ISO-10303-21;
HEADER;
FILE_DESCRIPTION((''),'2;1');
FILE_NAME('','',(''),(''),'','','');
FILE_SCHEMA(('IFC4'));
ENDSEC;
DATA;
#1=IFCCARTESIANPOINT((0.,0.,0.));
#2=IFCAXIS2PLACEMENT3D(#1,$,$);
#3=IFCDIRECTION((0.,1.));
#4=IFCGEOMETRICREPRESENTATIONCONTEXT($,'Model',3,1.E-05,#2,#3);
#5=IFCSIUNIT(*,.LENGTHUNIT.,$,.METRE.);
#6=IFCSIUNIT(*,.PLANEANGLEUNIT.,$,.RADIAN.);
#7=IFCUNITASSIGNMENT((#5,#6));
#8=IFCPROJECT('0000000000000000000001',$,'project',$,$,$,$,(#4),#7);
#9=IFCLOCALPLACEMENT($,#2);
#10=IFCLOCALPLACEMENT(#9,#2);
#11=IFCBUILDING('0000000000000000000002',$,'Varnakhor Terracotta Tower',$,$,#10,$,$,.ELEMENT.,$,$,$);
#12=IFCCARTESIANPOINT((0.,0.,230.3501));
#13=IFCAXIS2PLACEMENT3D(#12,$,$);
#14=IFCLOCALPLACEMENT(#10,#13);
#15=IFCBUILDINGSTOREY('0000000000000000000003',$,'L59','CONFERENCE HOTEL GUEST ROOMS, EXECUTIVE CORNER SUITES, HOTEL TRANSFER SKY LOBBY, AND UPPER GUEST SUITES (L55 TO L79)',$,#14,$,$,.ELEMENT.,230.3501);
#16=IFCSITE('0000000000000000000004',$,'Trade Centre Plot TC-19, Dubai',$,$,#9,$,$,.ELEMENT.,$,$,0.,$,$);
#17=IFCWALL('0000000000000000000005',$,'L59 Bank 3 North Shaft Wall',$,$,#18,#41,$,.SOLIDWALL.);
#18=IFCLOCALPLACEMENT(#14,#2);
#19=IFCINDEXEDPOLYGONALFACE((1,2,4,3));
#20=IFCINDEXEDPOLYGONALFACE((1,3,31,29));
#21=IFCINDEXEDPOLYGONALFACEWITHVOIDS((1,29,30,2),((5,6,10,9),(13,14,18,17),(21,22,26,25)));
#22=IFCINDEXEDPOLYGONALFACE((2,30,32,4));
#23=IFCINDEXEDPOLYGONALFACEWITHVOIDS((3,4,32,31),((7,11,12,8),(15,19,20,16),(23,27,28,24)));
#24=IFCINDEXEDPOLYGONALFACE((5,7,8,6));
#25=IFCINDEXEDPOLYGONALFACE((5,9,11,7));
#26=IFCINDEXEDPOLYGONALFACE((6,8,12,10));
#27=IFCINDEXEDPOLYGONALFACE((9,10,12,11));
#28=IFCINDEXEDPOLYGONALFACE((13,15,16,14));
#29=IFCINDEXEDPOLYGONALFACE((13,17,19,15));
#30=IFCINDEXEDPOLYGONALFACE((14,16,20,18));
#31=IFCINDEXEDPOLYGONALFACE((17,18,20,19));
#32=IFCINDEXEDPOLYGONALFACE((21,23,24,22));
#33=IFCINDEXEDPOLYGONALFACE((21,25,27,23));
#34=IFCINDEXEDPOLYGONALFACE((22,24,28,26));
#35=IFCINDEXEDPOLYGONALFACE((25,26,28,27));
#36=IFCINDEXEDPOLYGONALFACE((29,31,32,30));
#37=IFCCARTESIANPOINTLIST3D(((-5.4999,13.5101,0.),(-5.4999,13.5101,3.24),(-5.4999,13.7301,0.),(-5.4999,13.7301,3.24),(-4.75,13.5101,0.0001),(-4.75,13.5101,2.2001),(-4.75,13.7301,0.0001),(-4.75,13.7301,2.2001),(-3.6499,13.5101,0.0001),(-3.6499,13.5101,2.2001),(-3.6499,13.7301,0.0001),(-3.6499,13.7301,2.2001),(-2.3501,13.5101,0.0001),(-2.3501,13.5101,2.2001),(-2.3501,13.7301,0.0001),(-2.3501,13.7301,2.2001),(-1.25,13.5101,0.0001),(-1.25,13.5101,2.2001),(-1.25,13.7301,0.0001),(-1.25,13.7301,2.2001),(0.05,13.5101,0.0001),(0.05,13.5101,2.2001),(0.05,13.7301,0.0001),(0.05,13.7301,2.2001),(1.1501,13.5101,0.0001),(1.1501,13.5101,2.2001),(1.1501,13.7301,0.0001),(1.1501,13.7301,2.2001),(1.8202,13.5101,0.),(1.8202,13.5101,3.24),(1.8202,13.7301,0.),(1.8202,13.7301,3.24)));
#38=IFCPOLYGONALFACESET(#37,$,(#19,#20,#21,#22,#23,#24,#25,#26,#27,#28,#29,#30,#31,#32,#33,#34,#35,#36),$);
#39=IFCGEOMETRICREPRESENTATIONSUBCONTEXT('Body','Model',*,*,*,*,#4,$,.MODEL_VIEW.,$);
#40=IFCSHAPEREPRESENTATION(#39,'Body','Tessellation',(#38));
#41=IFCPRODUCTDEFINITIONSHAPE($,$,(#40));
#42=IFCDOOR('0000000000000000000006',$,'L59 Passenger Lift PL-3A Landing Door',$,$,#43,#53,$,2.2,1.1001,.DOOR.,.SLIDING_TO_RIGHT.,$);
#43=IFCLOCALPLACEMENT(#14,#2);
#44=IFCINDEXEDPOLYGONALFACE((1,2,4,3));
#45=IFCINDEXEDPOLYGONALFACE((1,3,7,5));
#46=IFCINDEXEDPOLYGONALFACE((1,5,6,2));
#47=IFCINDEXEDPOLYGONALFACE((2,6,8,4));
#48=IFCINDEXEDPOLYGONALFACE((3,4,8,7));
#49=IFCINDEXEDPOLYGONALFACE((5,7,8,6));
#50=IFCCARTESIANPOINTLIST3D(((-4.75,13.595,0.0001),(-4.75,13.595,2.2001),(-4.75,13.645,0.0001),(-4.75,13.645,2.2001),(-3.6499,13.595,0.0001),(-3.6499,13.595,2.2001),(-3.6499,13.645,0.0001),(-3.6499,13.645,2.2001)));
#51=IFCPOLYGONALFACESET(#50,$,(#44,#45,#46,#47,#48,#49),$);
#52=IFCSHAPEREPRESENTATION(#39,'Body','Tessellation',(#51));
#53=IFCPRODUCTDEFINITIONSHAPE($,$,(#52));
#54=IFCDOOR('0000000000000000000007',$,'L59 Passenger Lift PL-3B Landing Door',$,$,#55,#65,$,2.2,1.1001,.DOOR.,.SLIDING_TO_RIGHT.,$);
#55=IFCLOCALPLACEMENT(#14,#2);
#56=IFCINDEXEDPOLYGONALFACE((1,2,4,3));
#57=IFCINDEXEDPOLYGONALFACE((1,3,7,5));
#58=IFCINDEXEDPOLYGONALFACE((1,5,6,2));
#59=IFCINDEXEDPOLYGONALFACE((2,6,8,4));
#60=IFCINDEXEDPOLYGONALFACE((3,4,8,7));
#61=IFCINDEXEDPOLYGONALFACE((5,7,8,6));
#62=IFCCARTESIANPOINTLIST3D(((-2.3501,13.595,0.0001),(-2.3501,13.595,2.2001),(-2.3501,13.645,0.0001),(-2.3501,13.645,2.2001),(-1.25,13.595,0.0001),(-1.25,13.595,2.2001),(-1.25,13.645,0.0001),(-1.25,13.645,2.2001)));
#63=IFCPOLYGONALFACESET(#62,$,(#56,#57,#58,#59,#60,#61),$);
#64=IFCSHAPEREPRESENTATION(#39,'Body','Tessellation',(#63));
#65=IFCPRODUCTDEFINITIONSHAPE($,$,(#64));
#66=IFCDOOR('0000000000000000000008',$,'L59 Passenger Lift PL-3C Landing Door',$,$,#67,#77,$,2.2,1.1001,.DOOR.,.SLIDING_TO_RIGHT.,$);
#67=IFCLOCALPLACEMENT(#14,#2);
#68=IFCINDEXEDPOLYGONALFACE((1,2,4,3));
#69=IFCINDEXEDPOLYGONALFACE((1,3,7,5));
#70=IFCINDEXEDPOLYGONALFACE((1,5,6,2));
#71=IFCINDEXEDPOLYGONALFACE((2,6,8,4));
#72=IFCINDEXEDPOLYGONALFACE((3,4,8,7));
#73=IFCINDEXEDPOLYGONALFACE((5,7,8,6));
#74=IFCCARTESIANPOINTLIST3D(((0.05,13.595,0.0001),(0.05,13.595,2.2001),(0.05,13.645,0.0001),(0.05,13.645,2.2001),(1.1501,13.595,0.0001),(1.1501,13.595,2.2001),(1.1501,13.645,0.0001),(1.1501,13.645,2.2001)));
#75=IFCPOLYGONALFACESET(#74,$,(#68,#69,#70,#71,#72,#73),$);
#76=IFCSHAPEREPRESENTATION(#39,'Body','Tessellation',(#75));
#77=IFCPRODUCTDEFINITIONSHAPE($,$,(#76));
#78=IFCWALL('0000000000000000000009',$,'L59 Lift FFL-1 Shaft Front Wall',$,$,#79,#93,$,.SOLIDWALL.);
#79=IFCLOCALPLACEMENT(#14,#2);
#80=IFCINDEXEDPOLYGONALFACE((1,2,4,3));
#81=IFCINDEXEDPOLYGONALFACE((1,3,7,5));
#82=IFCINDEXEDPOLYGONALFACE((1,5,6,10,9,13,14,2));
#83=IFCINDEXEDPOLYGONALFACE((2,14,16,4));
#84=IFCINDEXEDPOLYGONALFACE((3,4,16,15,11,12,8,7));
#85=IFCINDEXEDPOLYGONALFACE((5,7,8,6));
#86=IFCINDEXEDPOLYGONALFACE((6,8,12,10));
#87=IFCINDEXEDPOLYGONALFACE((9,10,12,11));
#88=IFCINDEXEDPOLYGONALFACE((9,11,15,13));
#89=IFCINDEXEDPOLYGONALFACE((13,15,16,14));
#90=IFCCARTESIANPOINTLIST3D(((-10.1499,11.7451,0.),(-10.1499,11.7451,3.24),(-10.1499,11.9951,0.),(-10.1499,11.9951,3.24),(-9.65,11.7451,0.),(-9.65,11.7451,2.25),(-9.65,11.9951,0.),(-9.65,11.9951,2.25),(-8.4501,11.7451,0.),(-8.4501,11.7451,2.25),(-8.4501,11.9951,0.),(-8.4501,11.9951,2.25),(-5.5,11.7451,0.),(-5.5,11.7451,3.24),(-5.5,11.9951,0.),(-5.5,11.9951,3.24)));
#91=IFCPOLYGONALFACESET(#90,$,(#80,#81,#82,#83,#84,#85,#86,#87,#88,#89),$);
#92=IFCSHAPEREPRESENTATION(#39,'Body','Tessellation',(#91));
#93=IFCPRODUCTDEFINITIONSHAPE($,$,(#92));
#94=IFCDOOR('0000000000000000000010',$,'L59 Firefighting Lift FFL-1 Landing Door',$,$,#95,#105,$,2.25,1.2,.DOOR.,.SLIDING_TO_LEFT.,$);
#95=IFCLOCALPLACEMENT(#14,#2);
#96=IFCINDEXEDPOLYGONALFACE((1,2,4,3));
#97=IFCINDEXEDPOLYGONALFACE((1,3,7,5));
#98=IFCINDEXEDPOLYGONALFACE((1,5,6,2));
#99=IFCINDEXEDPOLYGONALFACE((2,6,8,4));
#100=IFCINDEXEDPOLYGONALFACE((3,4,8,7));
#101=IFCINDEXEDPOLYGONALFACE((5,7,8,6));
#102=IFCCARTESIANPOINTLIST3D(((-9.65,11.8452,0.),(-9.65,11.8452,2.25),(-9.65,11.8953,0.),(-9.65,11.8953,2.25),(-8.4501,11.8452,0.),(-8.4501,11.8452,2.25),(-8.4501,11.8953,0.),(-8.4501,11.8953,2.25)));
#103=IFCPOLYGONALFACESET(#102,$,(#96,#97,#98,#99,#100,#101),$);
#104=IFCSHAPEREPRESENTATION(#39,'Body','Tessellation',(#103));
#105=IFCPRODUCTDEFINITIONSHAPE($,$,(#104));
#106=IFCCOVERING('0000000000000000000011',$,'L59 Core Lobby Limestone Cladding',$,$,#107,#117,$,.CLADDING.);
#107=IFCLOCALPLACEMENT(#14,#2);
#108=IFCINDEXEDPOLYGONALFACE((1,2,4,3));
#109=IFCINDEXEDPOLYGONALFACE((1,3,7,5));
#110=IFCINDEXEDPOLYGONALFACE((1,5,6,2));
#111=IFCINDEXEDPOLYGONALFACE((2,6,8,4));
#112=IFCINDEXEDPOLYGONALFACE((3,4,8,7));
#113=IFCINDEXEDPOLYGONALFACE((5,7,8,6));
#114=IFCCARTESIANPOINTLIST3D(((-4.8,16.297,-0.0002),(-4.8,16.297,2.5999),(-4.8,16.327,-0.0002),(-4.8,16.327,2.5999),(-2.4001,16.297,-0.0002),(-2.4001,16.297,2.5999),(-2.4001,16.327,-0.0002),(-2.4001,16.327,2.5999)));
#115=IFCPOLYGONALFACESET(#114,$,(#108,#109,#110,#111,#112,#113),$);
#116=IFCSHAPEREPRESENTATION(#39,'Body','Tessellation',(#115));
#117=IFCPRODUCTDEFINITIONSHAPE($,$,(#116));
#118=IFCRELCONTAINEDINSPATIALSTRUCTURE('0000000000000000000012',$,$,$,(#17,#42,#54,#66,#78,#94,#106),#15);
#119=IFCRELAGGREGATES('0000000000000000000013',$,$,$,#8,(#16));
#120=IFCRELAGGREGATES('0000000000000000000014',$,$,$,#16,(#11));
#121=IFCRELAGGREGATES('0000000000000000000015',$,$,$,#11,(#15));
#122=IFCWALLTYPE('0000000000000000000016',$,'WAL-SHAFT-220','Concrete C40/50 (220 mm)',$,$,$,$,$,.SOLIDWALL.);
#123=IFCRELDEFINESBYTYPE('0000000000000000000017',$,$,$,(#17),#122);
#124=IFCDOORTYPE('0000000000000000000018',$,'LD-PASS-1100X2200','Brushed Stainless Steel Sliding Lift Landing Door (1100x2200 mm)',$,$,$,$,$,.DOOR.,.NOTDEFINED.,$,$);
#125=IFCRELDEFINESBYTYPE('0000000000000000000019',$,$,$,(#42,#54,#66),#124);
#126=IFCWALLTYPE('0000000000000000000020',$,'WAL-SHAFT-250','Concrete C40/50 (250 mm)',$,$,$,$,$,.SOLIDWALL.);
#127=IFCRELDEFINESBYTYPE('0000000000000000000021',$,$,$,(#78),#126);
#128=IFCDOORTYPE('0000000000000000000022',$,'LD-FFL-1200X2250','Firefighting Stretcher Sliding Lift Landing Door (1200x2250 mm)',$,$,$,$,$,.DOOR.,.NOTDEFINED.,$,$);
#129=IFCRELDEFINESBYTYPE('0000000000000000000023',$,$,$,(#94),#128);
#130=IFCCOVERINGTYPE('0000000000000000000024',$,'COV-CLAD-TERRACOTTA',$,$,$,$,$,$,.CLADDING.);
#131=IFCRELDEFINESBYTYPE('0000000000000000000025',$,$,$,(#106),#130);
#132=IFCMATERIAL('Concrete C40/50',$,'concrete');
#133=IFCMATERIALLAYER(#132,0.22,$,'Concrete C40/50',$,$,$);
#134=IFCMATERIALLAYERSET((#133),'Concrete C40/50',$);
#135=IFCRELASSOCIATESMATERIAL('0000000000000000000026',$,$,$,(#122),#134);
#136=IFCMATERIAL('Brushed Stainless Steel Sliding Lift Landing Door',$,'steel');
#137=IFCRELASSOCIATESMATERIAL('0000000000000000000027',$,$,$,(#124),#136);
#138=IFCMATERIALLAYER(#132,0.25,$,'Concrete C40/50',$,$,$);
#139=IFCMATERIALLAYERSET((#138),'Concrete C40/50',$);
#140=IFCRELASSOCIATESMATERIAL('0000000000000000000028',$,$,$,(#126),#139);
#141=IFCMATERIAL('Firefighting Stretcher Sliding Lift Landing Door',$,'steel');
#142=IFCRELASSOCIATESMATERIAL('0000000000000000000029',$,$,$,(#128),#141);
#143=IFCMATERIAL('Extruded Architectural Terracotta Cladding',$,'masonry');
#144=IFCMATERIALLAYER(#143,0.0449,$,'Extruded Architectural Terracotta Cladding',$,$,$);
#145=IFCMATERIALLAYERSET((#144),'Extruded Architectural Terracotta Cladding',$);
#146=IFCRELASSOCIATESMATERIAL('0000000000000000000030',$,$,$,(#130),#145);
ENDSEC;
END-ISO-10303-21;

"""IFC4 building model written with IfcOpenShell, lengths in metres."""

from ifc_helpers import new_model, si_unit, direction, frame, frame_2d, origin, origin_2d, place, context, subcontext, project, spatial, rectangle, extrude, source, transform, mapped, material, layer, layer_set, type_object, type_shapes, element, fill, save


model = new_model("IFC4")

# Units and contexts
model_context = context("Model", 3, precision=1e-05, world=origin(), true_north=direction((0.0, 1.0)))
body_context = subcontext(model_context, "Body", "Model", "MODEL_VIEW")
ifc_project = project(units=[si_unit("LENGTHUNIT", "METRE"), si_unit("PLANEANGLEUNIT", "RADIAN")], contexts=[model_context])

# Site, building, storey
site_placement = place(None, origin())
site = spatial("IfcSite", under=ifc_project, at=site_placement, Name="Trade Centre Plot TC-19, Dubai", CompositionType="ELEMENT", RefElevation=0.0)
building_placement = place(site_placement, origin())
building = spatial("IfcBuilding", under=site, at=building_placement, Name="Varnakhor Terracotta Tower", CompositionType="ELEMENT")
storey_placement = place(building_placement, frame((0.0, 0.0, 230.3501)))
storey = spatial("IfcBuildingStorey", under=building, at=storey_placement, Name="L59", Description="CONFERENCE HOTEL GUEST ROOMS, EXECUTIVE CORNER SUITES, HOTEL TRANSFER SKY LOBBY, AND UPPER GUEST SUITES (L55 TO L79)", CompositionType="ELEMENT", Elevation=230.3501)

# Wall, openings, doors
ifc_material_1 = material(Name="Concrete C40/50", Category="concrete")
ifc_layer_1 = layer(ifc_material_1, 0.22, Name="Concrete C40/50")
ifc_layer_set_1 = layer_set([ifc_layer_1], Name="Concrete C40/50")
wall_type_1 = type_object("IfcWallType", Name="WAL-SHAFT-220", Description="Concrete C40/50 (220 mm)", PredefinedType="SOLIDWALL", material=ifc_layer_set_1)
wall_1_placement = place(storey_placement, frame((-5.5, 13.6201, 0.0), z_axis=(0.0, 0.0, 1.0), x_axis=(1.0, 0.0, 0.0)))
wall_1 = element("IfcWall", 1, at=wall_1_placement, inside=storey, type_object=wall_type_1, Name="L59 Bank 3 North Shaft Wall", PredefinedType="SOLIDWALL", context=body_context, shape_type="SweptSolid", body=[
    extrude(rectangle(XDim=7.3201, YDim=0.22, at=frame_2d((3.6602, 0.0))), origin(), (0.0, 0.0, 1.0), 3.24),
])
opening_1_placement = place(wall_1_placement, frame((0.75, 0.0, 0.0)))
opening_1 = element("IfcOpeningElement", 2, at=opening_1_placement, cuts=wall_1, PredefinedType="OPENING", context=body_context, shape_type="SweptSolid", body=[
    extrude(rectangle(XDim=1.1001, YDim=2.2, at=frame_2d((0.55, 1.1001))), frame((0.0, 0.1201, 0.0), z_axis=(0.0, -1.0, 0.0), x_axis=(1.0, 0.0, 0.0)), (0.0, 0.0, 1.0), 0.24),
])
opening_2_placement = place(wall_1_placement, frame((3.1499, 0.0, 0.0)))
opening_2 = element("IfcOpeningElement", 3, at=opening_2_placement, cuts=wall_1, PredefinedType="OPENING", context=body_context, shape_type="SweptSolid", body=[
    extrude(rectangle(XDim=1.1001, YDim=2.2, at=frame_2d((0.55, 1.1001))), frame((0.0, 0.1201, 0.0), z_axis=(0.0, -1.0, 0.0), x_axis=(1.0, 0.0, 0.0)), (0.0, 0.0, 1.0), 0.24),
])
opening_3_placement = place(wall_1_placement, frame((5.55, 0.0, 0.0)))
opening_3 = element("IfcOpeningElement", 4, at=opening_3_placement, cuts=wall_1, PredefinedType="OPENING", context=body_context, shape_type="SweptSolid", body=[
    extrude(rectangle(XDim=1.1001, YDim=2.2, at=frame_2d((0.55, 1.1001))), frame((0.0, 0.1201, 0.0), z_axis=(0.0, -1.0, 0.0), x_axis=(1.0, 0.0, 0.0)), (0.0, 0.0, 1.0), 0.24),
])
ifc_material_2 = material(Name="Brushed Stainless Steel Sliding Lift Landing Door", Category="steel")
door_type_1 = type_object("IfcDoorType", Name="LD-PASS-1100X2200", Description="Brushed Stainless Steel Sliding Lift Landing Door (1100x2200 mm)", OperationType="NOTDEFINED", PredefinedType="DOOR", material=ifc_material_2)
shared_shape_1 = source(origin(), body_context, "Body", "SweptSolid", [
    extrude(rectangle(XDim=1.1001, YDim=2.2, at=frame_2d((0.55, 1.1001))), frame((0.0, 0.0249, 0.0), z_axis=(0.0, -1.0, 0.0), x_axis=(1.0, 0.0, 0.0)), (0.0, 0.0, 1.0), 0.05),
])
type_shapes(door_type_1, [shared_shape_1])
door_1_placement = place(opening_1_placement, origin())
door_1 = element("IfcDoor", 5, at=door_1_placement, inside=storey, type_object=door_type_1, Name="L59 Passenger Lift PL-3A Landing Door", OperationType="SLIDING_TO_RIGHT", OverallHeight=2.2, OverallWidth=1.1001, PredefinedType="DOOR", context=body_context, shape_type="MappedRepresentation", body=[
    mapped(shared_shape_1, transform((0.0, 0.0, 0.0), scale=1.0)),
])
fill(opening_1, door_1)
door_2_placement = place(opening_2_placement, origin())
door_2 = element("IfcDoor", 6, at=door_2_placement, inside=storey, type_object=door_type_1, Name="L59 Passenger Lift PL-3B Landing Door", OperationType="SLIDING_TO_RIGHT", OverallHeight=2.2, OverallWidth=1.1001, PredefinedType="DOOR", context=body_context, shape_type="MappedRepresentation", body=[
    mapped(shared_shape_1, transform((0.0, 0.0, 0.0), scale=1.0)),
])
fill(opening_2, door_2)
door_3_placement = place(opening_3_placement, origin())
door_3 = element("IfcDoor", 7, at=door_3_placement, inside=storey, type_object=door_type_1, Name="L59 Passenger Lift PL-3C Landing Door", OperationType="SLIDING_TO_RIGHT", OverallHeight=2.2, OverallWidth=1.1001, PredefinedType="DOOR", context=body_context, shape_type="MappedRepresentation", body=[
    mapped(shared_shape_1, transform((0.0, 0.0, 0.0), scale=1.0)),
])
fill(opening_3, door_3)

# Wall, opening, door
ifc_layer_2 = layer(ifc_material_1, 0.25, Name="Concrete C40/50")
ifc_layer_set_2 = layer_set([ifc_layer_2], Name="Concrete C40/50")
wall_type_2 = type_object("IfcWallType", Name="WAL-SHAFT-250", Description="Concrete C40/50 (250 mm)", PredefinedType="SOLIDWALL", material=ifc_layer_set_2)
wall_2_placement = place(storey_placement, frame((-5.5, 11.8701, 0.0), z_axis=(0.0, 0.0, 1.0), x_axis=(-1.0, 0.0, 0.0)))
wall_2 = element("IfcWall", 8, at=wall_2_placement, inside=storey, type_object=wall_type_2, Name="L59 Lift FFL-1 Shaft Front Wall", PredefinedType="SOLIDWALL", context=body_context, shape_type="SweptSolid", body=[
    extrude(rectangle(XDim=4.6499, YDim=0.25, at=frame_2d((2.325, 0.0))), origin(), (0.0, 0.0, 1.0), 3.24),
])
opening_4_placement = place(wall_2_placement, frame((2.95, 0.0, 0.0)))
opening_4 = element("IfcOpeningElement", 9, at=opening_4_placement, cuts=wall_2, PredefinedType="OPENING", context=body_context, shape_type="SweptSolid", body=[
    extrude(rectangle(XDim=1.2, YDim=2.25, at=frame_2d((0.6001, 1.125))), frame((0.0, 0.135, 0.0), z_axis=(0.0, -1.0, 0.0), x_axis=(1.0, 0.0, 0.0)), (0.0, 0.0, 1.0), 0.27),
])
ifc_material_3 = material(Name="Firefighting Stretcher Sliding Lift Landing Door", Category="steel")
door_type_2 = type_object("IfcDoorType", Name="LD-FFL-1200X2250", Description="Firefighting Stretcher Sliding Lift Landing Door (1200x2250 mm)", OperationType="NOTDEFINED", PredefinedType="DOOR", material=ifc_material_3)
shared_shape_2 = source(origin(), body_context, "Body", "SweptSolid", [
    extrude(rectangle(XDim=1.2, YDim=2.25, at=frame_2d((0.6001, 1.125))), frame((0.0, 0.0249, 0.0), z_axis=(0.0, -1.0, 0.0), x_axis=(1.0, 0.0, 0.0)), (0.0, 0.0, 1.0), 0.05),
])
type_shapes(door_type_2, [shared_shape_2])
door_4_placement = place(opening_4_placement, origin())
door_4 = element("IfcDoor", 10, at=door_4_placement, inside=storey, type_object=door_type_2, Name="L59 Firefighting Lift FFL-1 Landing Door", OperationType="SLIDING_TO_LEFT", OverallHeight=2.25, OverallWidth=1.2, PredefinedType="DOOR", context=body_context, shape_type="MappedRepresentation", body=[
    mapped(shared_shape_2, transform((0.0, 0.0, 0.0), scale=1.0)),
])
fill(opening_4, door_4)

# Covering
ifc_material_4 = material(Name="Extruded Architectural Terracotta Cladding", Category="masonry")
ifc_layer_3 = layer(ifc_material_4, 0.0449, Name="Extruded Architectural Terracotta Cladding")
ifc_layer_set_3 = layer_set([ifc_layer_3], Name="Extruded Architectural Terracotta Cladding")
covering_type = type_object("IfcCoveringType", Name="COV-CLAD-TERRACOTTA", PredefinedType="CLADDING", material=ifc_layer_set_3)
shared_shape_3 = source(origin(), body_context, "Body", "SweptSolid", [
    extrude(rectangle(XDim=2.3999, YDim=0.03, at=origin_2d()), origin(), (0.0, 0.0, 1.0), 2.6001),
])
type_shapes(covering_type, [shared_shape_3])
covering_placement = place(storey_placement, frame((-3.6001, 16.312, -0.0002), z_axis=(0.0, 0.0, 1.0), x_axis=(1.0, 0.0, 0.0)))
element("IfcCovering", 11, at=covering_placement, inside=storey, type_object=covering_type, Name="L59 Core Lobby Limestone Cladding", PredefinedType="CLADDING", context=body_context, shape_type="MappedRepresentation", body=[
    mapped(shared_shape_3, transform((0.0, 0.0, 0.0), scale=1.0)),
])

save(model, "model.ifc")
